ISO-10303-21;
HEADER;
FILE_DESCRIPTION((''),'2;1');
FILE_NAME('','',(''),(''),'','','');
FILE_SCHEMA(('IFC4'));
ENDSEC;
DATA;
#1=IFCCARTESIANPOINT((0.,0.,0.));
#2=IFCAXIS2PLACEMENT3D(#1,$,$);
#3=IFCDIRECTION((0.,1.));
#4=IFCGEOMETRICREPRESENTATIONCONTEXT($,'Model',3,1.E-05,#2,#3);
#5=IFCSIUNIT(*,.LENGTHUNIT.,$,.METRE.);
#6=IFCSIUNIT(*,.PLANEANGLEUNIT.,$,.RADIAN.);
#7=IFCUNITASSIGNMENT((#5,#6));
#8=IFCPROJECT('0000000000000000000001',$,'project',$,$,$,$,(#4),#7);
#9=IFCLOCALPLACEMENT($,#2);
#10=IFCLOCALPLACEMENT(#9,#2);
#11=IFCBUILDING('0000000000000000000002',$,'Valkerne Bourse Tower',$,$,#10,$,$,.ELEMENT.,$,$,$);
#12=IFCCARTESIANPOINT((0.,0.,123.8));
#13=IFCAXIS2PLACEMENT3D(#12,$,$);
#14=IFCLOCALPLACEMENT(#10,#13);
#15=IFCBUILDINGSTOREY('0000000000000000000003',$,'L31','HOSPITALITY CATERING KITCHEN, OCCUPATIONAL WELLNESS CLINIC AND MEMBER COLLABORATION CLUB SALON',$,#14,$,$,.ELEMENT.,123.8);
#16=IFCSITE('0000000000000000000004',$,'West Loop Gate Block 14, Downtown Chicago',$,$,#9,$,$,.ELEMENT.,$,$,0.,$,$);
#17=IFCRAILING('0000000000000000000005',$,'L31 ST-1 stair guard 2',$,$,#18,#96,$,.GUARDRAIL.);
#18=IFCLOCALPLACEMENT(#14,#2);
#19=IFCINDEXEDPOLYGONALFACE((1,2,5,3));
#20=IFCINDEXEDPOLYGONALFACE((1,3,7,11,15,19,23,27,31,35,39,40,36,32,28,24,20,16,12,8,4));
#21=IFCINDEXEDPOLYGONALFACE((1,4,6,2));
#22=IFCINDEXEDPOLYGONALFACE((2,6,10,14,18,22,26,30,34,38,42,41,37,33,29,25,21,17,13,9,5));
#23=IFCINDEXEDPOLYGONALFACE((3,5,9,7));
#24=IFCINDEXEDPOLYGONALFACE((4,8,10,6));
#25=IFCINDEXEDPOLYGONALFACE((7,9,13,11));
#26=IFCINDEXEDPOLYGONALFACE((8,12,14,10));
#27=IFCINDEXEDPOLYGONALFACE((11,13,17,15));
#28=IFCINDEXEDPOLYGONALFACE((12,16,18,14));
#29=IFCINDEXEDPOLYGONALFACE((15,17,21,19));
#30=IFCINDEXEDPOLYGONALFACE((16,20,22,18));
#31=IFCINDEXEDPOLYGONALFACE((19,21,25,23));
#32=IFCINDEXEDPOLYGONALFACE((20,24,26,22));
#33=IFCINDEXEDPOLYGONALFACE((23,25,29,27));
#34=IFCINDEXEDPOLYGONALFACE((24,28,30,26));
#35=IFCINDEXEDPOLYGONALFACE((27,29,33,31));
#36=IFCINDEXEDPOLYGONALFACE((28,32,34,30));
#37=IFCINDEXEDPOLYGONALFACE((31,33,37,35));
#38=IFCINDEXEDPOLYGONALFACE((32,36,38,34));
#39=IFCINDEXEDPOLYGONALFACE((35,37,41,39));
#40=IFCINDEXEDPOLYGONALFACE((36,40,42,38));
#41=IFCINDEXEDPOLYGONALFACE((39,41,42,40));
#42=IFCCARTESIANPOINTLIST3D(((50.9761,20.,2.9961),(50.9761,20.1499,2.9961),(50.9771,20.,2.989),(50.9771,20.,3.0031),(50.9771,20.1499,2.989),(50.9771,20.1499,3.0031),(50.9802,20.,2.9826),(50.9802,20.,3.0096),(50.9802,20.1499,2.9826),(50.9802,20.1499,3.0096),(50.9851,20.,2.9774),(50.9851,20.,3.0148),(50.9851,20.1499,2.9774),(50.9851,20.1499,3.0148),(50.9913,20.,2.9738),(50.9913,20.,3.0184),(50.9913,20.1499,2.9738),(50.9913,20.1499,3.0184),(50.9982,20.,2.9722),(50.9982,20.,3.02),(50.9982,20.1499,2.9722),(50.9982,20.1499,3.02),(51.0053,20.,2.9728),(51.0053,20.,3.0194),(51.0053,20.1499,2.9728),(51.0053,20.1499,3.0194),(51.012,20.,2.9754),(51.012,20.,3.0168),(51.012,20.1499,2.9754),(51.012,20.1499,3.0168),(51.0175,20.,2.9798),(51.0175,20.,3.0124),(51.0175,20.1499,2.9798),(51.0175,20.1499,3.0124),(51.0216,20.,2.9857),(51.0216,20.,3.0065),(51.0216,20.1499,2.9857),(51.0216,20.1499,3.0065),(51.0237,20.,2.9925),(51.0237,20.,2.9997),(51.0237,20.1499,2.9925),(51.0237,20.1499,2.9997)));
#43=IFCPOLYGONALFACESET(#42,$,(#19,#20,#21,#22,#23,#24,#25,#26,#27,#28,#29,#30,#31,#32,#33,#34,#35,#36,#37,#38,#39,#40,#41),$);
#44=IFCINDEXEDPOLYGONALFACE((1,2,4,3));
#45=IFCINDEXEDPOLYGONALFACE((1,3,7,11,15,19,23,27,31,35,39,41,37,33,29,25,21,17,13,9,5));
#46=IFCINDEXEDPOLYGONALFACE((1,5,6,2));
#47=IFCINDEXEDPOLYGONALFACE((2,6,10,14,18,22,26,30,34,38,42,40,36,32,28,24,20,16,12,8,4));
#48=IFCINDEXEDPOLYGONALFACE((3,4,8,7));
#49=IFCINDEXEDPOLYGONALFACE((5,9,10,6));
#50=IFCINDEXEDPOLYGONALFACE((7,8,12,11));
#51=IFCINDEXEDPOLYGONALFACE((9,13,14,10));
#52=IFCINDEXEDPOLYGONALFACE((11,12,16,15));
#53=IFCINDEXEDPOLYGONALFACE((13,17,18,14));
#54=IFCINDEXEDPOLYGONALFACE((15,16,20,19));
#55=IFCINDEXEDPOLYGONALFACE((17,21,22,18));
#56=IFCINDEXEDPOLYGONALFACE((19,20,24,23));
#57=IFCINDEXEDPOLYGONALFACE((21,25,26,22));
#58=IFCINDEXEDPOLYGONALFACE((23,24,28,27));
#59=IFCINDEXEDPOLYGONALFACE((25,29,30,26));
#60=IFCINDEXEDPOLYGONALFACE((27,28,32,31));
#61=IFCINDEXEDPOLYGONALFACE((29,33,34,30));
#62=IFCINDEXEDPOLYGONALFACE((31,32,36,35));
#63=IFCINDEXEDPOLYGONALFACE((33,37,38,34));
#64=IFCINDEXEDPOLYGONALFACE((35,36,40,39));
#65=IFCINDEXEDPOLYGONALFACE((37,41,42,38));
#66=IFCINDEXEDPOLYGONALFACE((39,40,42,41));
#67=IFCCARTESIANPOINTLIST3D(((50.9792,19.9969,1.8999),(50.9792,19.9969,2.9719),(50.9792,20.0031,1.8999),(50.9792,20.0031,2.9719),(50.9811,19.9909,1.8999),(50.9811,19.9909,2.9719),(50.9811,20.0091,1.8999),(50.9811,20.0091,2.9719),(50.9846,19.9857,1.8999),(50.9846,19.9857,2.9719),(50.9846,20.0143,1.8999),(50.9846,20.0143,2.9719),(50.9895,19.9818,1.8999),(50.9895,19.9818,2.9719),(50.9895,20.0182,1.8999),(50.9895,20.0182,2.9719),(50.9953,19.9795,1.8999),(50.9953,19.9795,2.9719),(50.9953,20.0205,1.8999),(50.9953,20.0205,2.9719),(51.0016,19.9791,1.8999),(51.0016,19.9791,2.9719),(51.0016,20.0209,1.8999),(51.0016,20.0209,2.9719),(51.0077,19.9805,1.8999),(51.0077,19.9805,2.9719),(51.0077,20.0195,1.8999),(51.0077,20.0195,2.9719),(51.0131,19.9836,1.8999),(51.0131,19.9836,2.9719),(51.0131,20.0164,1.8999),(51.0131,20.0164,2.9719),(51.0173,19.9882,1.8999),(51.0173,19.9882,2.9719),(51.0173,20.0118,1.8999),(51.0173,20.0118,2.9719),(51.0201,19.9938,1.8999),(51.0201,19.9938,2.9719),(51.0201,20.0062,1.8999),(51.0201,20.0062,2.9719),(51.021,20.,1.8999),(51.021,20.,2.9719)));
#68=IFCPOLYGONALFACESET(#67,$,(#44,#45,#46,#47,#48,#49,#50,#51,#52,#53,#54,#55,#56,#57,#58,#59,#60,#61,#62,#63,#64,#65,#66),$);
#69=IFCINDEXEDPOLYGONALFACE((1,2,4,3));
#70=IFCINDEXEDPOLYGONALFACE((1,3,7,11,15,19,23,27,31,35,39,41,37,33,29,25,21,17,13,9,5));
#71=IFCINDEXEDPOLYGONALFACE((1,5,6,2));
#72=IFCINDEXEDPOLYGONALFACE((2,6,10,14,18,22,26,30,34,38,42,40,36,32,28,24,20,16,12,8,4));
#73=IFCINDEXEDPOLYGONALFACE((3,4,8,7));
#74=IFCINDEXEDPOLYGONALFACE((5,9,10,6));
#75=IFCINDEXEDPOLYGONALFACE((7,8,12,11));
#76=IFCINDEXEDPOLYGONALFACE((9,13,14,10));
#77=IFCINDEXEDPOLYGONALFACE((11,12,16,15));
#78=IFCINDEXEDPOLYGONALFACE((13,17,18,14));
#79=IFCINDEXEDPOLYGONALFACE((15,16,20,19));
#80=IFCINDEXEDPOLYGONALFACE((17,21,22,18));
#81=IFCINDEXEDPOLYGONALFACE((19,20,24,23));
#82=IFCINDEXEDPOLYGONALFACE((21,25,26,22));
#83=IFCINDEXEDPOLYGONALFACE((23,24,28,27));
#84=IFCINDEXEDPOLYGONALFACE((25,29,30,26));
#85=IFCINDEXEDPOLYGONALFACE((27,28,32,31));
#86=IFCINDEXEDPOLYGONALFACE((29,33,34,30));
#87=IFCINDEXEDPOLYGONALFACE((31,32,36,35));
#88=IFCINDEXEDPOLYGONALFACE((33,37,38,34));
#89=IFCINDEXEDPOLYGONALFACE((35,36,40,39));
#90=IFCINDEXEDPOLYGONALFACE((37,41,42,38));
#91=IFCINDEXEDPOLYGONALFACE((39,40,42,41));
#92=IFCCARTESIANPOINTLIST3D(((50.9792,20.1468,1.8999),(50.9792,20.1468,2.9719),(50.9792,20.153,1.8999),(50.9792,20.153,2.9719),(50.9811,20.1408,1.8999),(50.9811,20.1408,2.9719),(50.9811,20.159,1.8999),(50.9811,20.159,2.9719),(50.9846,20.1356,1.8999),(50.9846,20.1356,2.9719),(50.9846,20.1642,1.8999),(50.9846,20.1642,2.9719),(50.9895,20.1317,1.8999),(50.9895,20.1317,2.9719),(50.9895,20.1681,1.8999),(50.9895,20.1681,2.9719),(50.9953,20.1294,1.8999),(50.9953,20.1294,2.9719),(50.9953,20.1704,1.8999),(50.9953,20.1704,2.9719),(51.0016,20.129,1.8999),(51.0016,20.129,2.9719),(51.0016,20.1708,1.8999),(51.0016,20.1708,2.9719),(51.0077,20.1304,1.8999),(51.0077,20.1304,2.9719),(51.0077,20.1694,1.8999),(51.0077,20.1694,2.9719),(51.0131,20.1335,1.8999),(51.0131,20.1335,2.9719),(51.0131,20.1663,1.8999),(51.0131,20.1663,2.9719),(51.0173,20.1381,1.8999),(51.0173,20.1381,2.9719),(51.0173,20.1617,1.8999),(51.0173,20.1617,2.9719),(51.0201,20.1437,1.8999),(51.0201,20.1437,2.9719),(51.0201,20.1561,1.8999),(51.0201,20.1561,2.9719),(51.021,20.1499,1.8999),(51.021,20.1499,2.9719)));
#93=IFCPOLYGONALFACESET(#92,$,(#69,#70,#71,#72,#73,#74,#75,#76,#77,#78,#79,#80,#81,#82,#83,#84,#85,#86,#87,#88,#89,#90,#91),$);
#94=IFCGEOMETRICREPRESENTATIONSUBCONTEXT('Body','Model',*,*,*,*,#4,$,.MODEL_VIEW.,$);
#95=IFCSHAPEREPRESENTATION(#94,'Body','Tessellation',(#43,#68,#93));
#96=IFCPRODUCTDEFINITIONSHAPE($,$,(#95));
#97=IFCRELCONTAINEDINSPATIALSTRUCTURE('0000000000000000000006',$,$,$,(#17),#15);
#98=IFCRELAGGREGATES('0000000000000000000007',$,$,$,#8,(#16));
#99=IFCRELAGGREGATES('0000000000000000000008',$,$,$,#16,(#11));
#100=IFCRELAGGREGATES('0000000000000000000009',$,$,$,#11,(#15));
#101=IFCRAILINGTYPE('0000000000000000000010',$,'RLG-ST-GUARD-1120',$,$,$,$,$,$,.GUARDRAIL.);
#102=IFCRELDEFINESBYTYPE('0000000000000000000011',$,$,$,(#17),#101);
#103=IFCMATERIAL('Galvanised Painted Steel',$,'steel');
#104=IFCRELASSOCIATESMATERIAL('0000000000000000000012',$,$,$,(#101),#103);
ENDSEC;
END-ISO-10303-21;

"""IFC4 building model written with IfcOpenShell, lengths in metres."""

from ifc_helpers import new_model, si_unit, direction, frame, origin, origin_2d, place, context, subcontext, project, spatial, circle, extrude, material, type_object, element, save


model = new_model("IFC4")

# Units and contexts
model_context = context("Model", 3, precision=1e-05, world=origin(), true_north=direction((0.0, 1.0)))
body_context = subcontext(model_context, "Body", "Model", "MODEL_VIEW")
ifc_project = project(units=[si_unit("LENGTHUNIT", "METRE"), si_unit("PLANEANGLEUNIT", "RADIAN")], contexts=[model_context])

# Site, building, storey
site_placement = place(None, origin())
site = spatial("IfcSite", under=ifc_project, at=site_placement, Name="West Loop Gate Block 14, Downtown Chicago", CompositionType="ELEMENT", RefElevation=0.0)
building_placement = place(site_placement, origin())
building = spatial("IfcBuilding", under=site, at=building_placement, Name="Valkerne Bourse Tower", CompositionType="ELEMENT")
storey_placement = place(building_placement, frame((0.0, 0.0, 123.8)))
storey = spatial("IfcBuildingStorey", under=building, at=storey_placement, Name="L31", Description="HOSPITALITY CATERING KITCHEN, OCCUPATIONAL WELLNESS CLINIC AND MEMBER COLLABORATION CLUB SALON", CompositionType="ELEMENT", Elevation=123.8)

# Shared definitions
ifc_material_1 = material(Name="Galvanised Painted Steel", Category="steel")

# Railing
railing_type_1 = type_object("IfcRailingType", Name="RLG-ST-GUARD-1120", PredefinedType="GUARDRAIL", material=ifc_material_1)
railing_1_placement = place(storey_placement, frame((51.0, 20.0, 1.8999)))
element("IfcRailing", 1, at=railing_1_placement, inside=storey, type_object=railing_type_1, Name="L31 ST-1 stair guard 2", PredefinedType="GUARDRAIL", context=body_context, shape_type="SweptSolid", body=[
    extrude(circle(Radius=0.0239, at=origin_2d()), frame((0.0, 0.0, 1.0962), z_axis=(0.0, 1.0, 0.0), x_axis=(-1.0, 0.0, 0.0)), (0.0, 0.0, 1.0), 0.1499),
    extrude(circle(Radius=0.021, at=origin_2d()), origin(), (0.0, 0.0, 1.0), 1.072),
    extrude(circle(Radius=0.021, at=origin_2d()), frame((0.0, 0.1499, 0.0)), (0.0, 0.0, 1.0), 1.072),
])

save(model, "model.ifc")
